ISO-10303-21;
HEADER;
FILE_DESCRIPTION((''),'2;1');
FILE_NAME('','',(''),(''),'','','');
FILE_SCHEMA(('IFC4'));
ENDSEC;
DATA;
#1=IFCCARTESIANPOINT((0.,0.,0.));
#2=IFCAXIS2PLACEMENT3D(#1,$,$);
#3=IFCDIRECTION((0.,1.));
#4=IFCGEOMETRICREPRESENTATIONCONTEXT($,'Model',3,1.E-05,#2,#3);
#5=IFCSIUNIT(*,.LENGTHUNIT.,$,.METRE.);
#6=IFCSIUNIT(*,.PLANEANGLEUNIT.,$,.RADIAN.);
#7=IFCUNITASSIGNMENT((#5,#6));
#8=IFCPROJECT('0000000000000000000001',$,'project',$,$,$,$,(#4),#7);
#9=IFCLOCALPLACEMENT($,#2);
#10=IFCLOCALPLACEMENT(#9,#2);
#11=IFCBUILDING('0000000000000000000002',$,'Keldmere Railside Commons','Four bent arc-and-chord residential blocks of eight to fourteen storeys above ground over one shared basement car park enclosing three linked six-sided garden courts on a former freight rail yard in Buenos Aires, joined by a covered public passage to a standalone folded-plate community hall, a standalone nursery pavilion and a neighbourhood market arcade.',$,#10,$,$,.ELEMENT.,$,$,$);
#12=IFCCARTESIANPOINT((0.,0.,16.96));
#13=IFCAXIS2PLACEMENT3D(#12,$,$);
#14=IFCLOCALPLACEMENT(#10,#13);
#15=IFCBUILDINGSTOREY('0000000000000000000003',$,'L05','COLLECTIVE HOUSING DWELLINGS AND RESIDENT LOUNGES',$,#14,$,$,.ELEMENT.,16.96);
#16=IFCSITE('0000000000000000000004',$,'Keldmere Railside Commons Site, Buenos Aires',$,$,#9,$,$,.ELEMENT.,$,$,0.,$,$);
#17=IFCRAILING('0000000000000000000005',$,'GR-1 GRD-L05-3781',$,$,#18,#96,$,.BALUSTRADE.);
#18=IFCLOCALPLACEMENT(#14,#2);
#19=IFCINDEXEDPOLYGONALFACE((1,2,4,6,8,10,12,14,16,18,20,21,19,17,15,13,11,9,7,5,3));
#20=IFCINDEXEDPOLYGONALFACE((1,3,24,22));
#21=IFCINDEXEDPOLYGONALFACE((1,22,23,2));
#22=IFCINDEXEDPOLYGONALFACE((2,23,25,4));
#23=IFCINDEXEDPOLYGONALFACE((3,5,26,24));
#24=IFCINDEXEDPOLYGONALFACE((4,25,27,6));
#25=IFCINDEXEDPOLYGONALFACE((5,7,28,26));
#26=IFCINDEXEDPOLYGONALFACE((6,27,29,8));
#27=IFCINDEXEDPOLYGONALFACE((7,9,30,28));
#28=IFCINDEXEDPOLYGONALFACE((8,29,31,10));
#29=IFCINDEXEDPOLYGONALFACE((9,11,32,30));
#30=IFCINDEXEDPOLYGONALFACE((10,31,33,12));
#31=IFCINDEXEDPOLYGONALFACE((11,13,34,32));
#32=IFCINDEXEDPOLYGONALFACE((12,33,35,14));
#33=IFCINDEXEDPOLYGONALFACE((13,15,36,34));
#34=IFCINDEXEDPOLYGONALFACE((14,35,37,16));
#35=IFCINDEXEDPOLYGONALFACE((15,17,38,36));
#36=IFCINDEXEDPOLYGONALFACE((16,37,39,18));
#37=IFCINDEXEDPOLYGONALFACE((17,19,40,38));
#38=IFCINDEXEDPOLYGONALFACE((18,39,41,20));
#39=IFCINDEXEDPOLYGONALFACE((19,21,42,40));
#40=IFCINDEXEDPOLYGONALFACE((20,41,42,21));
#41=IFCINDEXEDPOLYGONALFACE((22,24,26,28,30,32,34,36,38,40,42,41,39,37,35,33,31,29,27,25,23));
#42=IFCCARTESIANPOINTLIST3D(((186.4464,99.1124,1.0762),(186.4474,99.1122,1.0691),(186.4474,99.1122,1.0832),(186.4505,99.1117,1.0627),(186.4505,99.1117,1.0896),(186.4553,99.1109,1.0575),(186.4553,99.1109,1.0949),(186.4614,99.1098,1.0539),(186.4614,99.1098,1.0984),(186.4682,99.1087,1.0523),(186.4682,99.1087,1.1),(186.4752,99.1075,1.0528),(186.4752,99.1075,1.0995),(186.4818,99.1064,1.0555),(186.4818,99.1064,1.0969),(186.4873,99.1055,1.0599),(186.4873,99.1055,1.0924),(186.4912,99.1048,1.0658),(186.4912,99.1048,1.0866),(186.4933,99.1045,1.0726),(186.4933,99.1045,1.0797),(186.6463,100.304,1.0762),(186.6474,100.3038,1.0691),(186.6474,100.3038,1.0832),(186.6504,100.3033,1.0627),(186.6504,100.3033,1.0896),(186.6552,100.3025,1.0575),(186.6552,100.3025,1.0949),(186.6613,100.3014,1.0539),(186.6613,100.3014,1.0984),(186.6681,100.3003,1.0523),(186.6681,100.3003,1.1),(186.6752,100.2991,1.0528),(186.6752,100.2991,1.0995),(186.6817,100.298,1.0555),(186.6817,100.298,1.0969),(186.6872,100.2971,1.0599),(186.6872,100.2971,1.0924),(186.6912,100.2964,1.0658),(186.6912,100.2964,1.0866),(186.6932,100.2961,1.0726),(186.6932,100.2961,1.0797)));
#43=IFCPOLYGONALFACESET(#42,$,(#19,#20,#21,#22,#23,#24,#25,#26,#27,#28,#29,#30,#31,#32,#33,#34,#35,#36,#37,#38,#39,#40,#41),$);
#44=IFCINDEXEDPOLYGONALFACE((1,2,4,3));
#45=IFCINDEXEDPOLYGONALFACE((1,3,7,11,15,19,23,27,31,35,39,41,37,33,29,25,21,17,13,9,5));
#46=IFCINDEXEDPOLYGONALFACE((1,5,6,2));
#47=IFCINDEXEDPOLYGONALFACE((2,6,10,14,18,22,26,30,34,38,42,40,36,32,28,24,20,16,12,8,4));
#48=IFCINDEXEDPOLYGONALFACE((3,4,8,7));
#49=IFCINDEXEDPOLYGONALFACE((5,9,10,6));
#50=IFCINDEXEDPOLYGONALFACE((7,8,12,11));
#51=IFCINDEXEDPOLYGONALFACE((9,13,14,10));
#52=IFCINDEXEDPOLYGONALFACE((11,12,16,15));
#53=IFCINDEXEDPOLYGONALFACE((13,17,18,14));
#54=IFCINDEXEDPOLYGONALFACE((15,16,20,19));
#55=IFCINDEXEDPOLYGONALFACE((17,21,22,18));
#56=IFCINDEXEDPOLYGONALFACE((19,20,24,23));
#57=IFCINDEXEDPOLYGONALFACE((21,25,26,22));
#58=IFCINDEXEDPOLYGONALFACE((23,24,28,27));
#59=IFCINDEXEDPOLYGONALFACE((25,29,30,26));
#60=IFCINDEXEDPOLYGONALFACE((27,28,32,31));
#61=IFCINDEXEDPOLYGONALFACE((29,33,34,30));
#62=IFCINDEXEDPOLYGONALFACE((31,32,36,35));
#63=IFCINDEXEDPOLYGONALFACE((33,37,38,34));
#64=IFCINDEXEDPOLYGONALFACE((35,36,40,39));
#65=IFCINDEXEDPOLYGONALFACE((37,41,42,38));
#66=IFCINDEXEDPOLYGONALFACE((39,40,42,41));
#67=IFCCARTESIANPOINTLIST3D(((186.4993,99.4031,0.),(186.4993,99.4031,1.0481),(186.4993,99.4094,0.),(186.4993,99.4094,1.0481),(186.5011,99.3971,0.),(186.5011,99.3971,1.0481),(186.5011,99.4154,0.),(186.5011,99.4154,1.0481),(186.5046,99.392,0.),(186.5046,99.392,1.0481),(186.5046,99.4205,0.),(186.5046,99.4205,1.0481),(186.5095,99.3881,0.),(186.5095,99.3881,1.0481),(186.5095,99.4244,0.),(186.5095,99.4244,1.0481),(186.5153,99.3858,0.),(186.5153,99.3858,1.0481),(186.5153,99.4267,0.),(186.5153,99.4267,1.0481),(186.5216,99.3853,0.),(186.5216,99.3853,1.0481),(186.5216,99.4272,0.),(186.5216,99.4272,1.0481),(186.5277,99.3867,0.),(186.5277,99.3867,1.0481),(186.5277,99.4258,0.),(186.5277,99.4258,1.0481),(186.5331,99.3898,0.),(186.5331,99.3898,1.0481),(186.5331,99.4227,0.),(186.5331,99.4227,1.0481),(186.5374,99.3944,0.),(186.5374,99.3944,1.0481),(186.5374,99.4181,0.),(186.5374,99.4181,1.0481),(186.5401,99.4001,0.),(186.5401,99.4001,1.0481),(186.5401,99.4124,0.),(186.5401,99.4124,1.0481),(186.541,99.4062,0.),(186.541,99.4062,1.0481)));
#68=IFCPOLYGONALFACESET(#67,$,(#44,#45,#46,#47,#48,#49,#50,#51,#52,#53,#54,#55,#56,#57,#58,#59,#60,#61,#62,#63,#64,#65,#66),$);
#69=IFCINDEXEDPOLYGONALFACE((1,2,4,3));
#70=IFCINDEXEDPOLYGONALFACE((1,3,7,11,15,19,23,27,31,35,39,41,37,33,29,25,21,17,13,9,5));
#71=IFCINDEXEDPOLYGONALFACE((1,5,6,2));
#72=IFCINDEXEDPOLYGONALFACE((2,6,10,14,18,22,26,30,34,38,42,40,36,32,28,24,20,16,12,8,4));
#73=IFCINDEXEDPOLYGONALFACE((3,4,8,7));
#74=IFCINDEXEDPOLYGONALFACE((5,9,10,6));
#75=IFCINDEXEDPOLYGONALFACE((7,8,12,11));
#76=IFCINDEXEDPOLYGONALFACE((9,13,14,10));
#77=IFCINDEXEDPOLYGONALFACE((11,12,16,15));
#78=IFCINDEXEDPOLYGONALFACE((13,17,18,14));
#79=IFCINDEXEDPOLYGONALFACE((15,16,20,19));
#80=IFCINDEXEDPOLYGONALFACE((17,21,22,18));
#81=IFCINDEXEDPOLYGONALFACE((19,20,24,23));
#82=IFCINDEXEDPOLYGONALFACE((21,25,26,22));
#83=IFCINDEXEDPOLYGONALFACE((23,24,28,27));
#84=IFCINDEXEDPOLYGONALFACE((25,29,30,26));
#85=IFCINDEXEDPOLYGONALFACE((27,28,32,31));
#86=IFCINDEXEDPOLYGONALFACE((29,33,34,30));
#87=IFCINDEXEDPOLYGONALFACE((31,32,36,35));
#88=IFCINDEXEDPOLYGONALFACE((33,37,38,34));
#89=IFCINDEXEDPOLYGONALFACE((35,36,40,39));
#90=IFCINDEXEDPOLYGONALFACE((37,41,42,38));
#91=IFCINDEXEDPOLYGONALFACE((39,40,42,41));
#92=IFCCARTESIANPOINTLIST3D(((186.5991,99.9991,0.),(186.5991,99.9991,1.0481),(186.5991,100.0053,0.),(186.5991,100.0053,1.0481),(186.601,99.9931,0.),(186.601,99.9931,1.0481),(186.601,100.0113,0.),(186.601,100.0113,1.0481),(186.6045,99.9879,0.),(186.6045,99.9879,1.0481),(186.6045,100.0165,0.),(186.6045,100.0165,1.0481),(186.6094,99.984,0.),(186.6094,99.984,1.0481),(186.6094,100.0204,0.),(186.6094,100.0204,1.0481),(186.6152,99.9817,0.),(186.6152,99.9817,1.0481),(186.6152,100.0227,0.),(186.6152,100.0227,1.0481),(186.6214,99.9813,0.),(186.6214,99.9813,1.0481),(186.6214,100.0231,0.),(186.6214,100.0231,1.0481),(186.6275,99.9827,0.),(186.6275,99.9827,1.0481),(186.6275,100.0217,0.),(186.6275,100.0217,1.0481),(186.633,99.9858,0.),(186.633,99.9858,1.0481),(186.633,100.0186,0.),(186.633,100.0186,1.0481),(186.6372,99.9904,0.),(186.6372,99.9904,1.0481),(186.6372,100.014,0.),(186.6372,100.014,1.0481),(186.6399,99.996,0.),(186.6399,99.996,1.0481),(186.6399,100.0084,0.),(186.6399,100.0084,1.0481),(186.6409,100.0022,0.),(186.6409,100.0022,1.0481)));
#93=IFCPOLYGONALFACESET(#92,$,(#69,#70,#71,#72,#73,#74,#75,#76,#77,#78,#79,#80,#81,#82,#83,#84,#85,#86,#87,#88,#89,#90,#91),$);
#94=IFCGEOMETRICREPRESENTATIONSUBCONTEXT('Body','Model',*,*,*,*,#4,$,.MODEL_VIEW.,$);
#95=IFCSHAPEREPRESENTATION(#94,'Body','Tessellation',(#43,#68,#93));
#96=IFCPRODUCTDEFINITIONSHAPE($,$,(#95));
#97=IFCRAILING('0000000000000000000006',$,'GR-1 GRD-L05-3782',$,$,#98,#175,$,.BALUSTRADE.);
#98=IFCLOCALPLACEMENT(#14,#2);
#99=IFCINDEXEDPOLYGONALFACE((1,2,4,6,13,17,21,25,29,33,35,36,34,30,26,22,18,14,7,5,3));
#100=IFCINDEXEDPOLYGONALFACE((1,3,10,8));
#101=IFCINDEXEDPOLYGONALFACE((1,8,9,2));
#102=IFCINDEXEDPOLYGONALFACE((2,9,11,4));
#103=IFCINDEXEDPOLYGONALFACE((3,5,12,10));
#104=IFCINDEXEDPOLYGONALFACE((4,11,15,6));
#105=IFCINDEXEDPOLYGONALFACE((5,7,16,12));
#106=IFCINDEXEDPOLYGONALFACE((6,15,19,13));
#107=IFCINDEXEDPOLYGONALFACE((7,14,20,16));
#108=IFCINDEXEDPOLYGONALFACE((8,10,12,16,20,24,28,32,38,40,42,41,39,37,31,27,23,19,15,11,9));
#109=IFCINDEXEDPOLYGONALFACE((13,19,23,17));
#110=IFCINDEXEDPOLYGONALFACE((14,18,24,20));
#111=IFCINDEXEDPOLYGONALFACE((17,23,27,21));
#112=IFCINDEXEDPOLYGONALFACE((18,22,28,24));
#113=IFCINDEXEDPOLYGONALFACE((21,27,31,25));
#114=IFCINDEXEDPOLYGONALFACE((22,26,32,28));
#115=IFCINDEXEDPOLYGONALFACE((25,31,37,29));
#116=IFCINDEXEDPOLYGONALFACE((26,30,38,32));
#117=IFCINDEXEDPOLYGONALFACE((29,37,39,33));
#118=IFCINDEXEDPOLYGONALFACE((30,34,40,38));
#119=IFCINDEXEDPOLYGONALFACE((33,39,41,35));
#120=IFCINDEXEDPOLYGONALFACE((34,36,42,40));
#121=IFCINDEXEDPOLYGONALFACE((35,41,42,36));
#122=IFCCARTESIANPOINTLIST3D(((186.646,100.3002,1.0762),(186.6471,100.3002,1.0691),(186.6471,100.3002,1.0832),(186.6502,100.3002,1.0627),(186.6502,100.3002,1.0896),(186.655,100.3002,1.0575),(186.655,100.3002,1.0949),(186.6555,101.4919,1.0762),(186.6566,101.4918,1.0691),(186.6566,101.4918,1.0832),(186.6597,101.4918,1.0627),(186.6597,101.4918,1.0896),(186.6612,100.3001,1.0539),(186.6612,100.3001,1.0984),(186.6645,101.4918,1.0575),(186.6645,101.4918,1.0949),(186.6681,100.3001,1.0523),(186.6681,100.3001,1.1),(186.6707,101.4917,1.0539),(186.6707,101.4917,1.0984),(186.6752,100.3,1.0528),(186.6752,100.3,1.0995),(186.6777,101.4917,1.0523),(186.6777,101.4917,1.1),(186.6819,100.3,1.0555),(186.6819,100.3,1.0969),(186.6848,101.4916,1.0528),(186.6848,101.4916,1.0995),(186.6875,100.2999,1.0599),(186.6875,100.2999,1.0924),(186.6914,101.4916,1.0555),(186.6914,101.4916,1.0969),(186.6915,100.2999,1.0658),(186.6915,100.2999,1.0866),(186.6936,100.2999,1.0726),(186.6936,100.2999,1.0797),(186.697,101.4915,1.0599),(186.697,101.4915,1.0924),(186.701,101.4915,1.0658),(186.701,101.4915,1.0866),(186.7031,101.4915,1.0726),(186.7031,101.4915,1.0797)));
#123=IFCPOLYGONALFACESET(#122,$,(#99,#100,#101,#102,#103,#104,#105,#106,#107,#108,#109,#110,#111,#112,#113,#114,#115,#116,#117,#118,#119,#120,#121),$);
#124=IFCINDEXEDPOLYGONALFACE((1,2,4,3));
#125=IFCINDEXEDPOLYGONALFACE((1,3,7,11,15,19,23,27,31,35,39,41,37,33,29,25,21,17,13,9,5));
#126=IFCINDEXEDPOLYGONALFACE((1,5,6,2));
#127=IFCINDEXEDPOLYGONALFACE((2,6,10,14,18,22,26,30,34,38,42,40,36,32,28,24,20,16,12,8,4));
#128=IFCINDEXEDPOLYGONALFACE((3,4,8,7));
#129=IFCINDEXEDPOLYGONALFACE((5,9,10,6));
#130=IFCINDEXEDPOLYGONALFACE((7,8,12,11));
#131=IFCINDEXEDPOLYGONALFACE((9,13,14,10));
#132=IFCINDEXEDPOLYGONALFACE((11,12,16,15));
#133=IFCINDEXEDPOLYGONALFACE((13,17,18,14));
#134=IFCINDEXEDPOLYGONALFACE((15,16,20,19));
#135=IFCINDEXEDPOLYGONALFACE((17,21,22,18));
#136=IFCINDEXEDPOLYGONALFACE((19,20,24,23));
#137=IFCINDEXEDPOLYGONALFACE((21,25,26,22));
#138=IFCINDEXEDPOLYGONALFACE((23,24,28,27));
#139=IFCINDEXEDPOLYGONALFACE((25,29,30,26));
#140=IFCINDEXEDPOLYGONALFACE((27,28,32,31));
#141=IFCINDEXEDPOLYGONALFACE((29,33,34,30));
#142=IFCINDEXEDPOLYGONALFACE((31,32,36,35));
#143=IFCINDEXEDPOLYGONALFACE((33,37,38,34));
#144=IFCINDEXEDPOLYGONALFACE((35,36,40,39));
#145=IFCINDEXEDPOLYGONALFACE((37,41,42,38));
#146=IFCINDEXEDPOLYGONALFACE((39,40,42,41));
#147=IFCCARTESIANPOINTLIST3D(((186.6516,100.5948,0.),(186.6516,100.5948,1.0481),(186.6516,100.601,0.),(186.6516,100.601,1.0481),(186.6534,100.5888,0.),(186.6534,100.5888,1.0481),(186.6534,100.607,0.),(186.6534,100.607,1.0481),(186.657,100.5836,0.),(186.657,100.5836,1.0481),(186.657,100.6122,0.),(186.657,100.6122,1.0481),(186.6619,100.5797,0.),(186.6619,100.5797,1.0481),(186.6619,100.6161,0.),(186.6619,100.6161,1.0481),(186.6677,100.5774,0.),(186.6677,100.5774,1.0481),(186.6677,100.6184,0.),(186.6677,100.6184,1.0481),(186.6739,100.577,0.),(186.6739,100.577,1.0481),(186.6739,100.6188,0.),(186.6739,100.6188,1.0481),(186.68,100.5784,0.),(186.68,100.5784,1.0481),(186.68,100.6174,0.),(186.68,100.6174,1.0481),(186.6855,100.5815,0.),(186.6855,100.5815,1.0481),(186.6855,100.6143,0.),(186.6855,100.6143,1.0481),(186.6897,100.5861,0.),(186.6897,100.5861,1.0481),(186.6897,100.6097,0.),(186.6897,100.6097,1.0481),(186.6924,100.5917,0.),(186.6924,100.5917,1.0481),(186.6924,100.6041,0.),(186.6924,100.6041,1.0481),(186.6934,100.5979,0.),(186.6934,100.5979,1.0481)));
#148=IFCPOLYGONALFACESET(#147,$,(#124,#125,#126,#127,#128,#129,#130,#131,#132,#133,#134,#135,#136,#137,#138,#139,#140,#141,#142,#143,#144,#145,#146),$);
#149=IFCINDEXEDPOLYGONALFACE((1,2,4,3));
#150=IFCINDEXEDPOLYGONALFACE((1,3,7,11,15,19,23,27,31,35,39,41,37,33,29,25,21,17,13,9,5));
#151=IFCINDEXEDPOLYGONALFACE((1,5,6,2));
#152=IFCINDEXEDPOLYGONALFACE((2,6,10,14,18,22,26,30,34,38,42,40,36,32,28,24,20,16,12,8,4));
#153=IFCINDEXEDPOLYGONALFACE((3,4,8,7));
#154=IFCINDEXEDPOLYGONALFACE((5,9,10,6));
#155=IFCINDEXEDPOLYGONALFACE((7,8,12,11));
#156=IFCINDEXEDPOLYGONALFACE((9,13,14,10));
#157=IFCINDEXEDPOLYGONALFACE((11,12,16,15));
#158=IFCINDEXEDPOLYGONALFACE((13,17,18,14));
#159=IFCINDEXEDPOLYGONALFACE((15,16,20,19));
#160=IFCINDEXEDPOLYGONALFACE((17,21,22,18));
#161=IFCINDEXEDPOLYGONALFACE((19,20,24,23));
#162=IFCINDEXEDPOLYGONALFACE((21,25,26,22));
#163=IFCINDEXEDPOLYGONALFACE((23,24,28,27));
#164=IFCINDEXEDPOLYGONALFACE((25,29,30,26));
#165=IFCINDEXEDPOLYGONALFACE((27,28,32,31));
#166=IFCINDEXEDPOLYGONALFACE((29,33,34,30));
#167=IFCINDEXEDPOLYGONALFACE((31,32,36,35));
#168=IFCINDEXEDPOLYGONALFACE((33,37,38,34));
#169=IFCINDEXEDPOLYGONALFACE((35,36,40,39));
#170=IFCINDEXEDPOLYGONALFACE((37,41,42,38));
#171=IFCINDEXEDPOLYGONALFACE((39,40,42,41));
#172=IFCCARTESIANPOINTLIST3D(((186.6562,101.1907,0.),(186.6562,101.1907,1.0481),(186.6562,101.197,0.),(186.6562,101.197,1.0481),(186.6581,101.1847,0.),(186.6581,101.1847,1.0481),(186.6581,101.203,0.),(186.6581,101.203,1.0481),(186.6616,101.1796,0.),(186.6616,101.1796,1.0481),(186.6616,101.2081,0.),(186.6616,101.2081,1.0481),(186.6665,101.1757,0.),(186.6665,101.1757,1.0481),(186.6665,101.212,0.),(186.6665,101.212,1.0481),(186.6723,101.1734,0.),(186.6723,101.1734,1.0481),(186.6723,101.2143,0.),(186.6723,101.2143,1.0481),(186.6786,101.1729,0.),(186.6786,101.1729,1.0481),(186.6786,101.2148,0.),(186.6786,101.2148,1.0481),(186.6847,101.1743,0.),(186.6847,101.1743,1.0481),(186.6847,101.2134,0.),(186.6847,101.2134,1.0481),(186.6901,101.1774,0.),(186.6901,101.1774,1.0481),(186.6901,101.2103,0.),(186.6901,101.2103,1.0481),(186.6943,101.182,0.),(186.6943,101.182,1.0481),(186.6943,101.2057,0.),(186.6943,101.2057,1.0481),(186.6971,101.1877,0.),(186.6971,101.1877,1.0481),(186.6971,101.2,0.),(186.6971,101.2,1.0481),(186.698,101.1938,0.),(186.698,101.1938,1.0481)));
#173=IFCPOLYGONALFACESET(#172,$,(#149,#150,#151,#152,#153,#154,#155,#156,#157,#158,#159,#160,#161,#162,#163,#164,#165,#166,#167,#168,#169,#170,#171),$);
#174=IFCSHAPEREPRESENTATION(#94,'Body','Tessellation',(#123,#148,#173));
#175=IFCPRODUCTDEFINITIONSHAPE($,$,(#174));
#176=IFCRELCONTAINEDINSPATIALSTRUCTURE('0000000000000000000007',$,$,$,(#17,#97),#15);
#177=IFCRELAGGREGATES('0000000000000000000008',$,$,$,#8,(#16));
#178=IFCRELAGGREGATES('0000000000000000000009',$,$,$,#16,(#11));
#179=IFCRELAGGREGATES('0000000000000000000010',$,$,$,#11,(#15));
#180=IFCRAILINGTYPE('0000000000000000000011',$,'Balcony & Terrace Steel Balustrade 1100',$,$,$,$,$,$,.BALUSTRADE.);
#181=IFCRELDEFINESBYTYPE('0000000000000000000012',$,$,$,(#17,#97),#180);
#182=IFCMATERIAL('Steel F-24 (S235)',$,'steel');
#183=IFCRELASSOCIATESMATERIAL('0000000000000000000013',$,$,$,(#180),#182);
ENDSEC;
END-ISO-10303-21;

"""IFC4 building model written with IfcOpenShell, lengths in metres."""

from ifc_helpers import new_model, si_unit, direction, frame, origin, origin_2d, place, context, subcontext, project, spatial, circle, extrude, material, type_object, element, save


model = new_model("IFC4")

# Units and contexts
model_context = context("Model", 3, precision=1e-05, world=origin(), true_north=direction((0.0, 1.0)))
body_context = subcontext(model_context, "Body", "Model", "MODEL_VIEW")
ifc_project = project(units=[si_unit("LENGTHUNIT", "METRE"), si_unit("PLANEANGLEUNIT", "RADIAN")], contexts=[model_context])

# Site, building, storey
site_placement = place(None, origin())
site = spatial("IfcSite", under=ifc_project, at=site_placement, Name="Keldmere Railside Commons Site, Buenos Aires", CompositionType="ELEMENT", RefElevation=0.0)
building_placement = place(site_placement, origin())
building = spatial("IfcBuilding", under=site, at=building_placement, Name="Keldmere Railside Commons", Description="Four bent arc-and-chord residential blocks of eight to fourteen storeys above ground over one shared basement car park enclosing three linked six-sided garden courts on a former freight rail yard in Buenos Aires, joined by a covered public passage to a standalone folded-plate community hall, a standalone nursery pavilion and a neighbourhood market arcade.", CompositionType="ELEMENT")
storey_placement = place(building_placement, frame((0.0, 0.0, 16.96)))
storey = spatial("IfcBuildingStorey", under=building, at=storey_placement, Name="L05", Description="COLLECTIVE HOUSING DWELLINGS AND RESIDENT LOUNGES", CompositionType="ELEMENT", Elevation=16.96)

# Railings
ifc_material_1 = material(Name="Steel F-24 (S235)", Category="steel")
railing_type = type_object("IfcRailingType", Name="Balcony & Terrace Steel Balustrade 1100", PredefinedType="BALUSTRADE", material=ifc_material_1)
railing_1_placement = place(storey_placement, frame((186.47, 99.1084, 0.0)))
element("IfcRailing", 1, at=railing_1_placement, inside=storey, type_object=railing_type, Name="GR-1 GRD-L05-3781", PredefinedType="BALUSTRADE", context=body_context, shape_type="SweptSolid", body=[
    extrude(circle(Radius=0.0239, at=origin_2d()), frame((0.0, 0.0, 1.0762), z_axis=(0.16548, 0.986213, 0.0), x_axis=(-0.986213, 0.16548, 0.0)), (0.0, 0.0, 1.0), 1.2083),
    extrude(circle(Radius=0.021, at=origin_2d()), frame((0.05, 0.2979, 0.0)), (0.0, 0.0, 1.0), 1.0481),
    extrude(circle(Radius=0.021, at=origin_2d()), frame((0.1499, 0.8938, 0.0)), (0.0, 0.0, 1.0), 1.0481),
])
railing_2_placement = place(storey_placement, frame((186.6699, 100.3, 0.0)))
element("IfcRailing", 2, at=railing_2_placement, inside=storey, type_object=railing_type, Name="GR-1 GRD-L05-3782", PredefinedType="BALUSTRADE", context=body_context, shape_type="SweptSolid", body=[
    extrude(circle(Radius=0.0239, at=origin_2d()), frame((0.0, 0.0, 1.0762), z_axis=(0.00799, 0.999968, 0.0), x_axis=(-0.999968, 0.00799, 0.0)), (0.0, 0.0, 1.0), 1.1917),
    extrude(circle(Radius=0.021, at=origin_2d()), frame((0.0024, 0.2979, 0.0)), (0.0, 0.0, 1.0), 1.0481),
    extrude(circle(Radius=0.021, at=origin_2d()), frame((0.0071, 0.8938, 0.0)), (0.0, 0.0, 1.0), 1.0481),
])

save(model, "model.ifc")
